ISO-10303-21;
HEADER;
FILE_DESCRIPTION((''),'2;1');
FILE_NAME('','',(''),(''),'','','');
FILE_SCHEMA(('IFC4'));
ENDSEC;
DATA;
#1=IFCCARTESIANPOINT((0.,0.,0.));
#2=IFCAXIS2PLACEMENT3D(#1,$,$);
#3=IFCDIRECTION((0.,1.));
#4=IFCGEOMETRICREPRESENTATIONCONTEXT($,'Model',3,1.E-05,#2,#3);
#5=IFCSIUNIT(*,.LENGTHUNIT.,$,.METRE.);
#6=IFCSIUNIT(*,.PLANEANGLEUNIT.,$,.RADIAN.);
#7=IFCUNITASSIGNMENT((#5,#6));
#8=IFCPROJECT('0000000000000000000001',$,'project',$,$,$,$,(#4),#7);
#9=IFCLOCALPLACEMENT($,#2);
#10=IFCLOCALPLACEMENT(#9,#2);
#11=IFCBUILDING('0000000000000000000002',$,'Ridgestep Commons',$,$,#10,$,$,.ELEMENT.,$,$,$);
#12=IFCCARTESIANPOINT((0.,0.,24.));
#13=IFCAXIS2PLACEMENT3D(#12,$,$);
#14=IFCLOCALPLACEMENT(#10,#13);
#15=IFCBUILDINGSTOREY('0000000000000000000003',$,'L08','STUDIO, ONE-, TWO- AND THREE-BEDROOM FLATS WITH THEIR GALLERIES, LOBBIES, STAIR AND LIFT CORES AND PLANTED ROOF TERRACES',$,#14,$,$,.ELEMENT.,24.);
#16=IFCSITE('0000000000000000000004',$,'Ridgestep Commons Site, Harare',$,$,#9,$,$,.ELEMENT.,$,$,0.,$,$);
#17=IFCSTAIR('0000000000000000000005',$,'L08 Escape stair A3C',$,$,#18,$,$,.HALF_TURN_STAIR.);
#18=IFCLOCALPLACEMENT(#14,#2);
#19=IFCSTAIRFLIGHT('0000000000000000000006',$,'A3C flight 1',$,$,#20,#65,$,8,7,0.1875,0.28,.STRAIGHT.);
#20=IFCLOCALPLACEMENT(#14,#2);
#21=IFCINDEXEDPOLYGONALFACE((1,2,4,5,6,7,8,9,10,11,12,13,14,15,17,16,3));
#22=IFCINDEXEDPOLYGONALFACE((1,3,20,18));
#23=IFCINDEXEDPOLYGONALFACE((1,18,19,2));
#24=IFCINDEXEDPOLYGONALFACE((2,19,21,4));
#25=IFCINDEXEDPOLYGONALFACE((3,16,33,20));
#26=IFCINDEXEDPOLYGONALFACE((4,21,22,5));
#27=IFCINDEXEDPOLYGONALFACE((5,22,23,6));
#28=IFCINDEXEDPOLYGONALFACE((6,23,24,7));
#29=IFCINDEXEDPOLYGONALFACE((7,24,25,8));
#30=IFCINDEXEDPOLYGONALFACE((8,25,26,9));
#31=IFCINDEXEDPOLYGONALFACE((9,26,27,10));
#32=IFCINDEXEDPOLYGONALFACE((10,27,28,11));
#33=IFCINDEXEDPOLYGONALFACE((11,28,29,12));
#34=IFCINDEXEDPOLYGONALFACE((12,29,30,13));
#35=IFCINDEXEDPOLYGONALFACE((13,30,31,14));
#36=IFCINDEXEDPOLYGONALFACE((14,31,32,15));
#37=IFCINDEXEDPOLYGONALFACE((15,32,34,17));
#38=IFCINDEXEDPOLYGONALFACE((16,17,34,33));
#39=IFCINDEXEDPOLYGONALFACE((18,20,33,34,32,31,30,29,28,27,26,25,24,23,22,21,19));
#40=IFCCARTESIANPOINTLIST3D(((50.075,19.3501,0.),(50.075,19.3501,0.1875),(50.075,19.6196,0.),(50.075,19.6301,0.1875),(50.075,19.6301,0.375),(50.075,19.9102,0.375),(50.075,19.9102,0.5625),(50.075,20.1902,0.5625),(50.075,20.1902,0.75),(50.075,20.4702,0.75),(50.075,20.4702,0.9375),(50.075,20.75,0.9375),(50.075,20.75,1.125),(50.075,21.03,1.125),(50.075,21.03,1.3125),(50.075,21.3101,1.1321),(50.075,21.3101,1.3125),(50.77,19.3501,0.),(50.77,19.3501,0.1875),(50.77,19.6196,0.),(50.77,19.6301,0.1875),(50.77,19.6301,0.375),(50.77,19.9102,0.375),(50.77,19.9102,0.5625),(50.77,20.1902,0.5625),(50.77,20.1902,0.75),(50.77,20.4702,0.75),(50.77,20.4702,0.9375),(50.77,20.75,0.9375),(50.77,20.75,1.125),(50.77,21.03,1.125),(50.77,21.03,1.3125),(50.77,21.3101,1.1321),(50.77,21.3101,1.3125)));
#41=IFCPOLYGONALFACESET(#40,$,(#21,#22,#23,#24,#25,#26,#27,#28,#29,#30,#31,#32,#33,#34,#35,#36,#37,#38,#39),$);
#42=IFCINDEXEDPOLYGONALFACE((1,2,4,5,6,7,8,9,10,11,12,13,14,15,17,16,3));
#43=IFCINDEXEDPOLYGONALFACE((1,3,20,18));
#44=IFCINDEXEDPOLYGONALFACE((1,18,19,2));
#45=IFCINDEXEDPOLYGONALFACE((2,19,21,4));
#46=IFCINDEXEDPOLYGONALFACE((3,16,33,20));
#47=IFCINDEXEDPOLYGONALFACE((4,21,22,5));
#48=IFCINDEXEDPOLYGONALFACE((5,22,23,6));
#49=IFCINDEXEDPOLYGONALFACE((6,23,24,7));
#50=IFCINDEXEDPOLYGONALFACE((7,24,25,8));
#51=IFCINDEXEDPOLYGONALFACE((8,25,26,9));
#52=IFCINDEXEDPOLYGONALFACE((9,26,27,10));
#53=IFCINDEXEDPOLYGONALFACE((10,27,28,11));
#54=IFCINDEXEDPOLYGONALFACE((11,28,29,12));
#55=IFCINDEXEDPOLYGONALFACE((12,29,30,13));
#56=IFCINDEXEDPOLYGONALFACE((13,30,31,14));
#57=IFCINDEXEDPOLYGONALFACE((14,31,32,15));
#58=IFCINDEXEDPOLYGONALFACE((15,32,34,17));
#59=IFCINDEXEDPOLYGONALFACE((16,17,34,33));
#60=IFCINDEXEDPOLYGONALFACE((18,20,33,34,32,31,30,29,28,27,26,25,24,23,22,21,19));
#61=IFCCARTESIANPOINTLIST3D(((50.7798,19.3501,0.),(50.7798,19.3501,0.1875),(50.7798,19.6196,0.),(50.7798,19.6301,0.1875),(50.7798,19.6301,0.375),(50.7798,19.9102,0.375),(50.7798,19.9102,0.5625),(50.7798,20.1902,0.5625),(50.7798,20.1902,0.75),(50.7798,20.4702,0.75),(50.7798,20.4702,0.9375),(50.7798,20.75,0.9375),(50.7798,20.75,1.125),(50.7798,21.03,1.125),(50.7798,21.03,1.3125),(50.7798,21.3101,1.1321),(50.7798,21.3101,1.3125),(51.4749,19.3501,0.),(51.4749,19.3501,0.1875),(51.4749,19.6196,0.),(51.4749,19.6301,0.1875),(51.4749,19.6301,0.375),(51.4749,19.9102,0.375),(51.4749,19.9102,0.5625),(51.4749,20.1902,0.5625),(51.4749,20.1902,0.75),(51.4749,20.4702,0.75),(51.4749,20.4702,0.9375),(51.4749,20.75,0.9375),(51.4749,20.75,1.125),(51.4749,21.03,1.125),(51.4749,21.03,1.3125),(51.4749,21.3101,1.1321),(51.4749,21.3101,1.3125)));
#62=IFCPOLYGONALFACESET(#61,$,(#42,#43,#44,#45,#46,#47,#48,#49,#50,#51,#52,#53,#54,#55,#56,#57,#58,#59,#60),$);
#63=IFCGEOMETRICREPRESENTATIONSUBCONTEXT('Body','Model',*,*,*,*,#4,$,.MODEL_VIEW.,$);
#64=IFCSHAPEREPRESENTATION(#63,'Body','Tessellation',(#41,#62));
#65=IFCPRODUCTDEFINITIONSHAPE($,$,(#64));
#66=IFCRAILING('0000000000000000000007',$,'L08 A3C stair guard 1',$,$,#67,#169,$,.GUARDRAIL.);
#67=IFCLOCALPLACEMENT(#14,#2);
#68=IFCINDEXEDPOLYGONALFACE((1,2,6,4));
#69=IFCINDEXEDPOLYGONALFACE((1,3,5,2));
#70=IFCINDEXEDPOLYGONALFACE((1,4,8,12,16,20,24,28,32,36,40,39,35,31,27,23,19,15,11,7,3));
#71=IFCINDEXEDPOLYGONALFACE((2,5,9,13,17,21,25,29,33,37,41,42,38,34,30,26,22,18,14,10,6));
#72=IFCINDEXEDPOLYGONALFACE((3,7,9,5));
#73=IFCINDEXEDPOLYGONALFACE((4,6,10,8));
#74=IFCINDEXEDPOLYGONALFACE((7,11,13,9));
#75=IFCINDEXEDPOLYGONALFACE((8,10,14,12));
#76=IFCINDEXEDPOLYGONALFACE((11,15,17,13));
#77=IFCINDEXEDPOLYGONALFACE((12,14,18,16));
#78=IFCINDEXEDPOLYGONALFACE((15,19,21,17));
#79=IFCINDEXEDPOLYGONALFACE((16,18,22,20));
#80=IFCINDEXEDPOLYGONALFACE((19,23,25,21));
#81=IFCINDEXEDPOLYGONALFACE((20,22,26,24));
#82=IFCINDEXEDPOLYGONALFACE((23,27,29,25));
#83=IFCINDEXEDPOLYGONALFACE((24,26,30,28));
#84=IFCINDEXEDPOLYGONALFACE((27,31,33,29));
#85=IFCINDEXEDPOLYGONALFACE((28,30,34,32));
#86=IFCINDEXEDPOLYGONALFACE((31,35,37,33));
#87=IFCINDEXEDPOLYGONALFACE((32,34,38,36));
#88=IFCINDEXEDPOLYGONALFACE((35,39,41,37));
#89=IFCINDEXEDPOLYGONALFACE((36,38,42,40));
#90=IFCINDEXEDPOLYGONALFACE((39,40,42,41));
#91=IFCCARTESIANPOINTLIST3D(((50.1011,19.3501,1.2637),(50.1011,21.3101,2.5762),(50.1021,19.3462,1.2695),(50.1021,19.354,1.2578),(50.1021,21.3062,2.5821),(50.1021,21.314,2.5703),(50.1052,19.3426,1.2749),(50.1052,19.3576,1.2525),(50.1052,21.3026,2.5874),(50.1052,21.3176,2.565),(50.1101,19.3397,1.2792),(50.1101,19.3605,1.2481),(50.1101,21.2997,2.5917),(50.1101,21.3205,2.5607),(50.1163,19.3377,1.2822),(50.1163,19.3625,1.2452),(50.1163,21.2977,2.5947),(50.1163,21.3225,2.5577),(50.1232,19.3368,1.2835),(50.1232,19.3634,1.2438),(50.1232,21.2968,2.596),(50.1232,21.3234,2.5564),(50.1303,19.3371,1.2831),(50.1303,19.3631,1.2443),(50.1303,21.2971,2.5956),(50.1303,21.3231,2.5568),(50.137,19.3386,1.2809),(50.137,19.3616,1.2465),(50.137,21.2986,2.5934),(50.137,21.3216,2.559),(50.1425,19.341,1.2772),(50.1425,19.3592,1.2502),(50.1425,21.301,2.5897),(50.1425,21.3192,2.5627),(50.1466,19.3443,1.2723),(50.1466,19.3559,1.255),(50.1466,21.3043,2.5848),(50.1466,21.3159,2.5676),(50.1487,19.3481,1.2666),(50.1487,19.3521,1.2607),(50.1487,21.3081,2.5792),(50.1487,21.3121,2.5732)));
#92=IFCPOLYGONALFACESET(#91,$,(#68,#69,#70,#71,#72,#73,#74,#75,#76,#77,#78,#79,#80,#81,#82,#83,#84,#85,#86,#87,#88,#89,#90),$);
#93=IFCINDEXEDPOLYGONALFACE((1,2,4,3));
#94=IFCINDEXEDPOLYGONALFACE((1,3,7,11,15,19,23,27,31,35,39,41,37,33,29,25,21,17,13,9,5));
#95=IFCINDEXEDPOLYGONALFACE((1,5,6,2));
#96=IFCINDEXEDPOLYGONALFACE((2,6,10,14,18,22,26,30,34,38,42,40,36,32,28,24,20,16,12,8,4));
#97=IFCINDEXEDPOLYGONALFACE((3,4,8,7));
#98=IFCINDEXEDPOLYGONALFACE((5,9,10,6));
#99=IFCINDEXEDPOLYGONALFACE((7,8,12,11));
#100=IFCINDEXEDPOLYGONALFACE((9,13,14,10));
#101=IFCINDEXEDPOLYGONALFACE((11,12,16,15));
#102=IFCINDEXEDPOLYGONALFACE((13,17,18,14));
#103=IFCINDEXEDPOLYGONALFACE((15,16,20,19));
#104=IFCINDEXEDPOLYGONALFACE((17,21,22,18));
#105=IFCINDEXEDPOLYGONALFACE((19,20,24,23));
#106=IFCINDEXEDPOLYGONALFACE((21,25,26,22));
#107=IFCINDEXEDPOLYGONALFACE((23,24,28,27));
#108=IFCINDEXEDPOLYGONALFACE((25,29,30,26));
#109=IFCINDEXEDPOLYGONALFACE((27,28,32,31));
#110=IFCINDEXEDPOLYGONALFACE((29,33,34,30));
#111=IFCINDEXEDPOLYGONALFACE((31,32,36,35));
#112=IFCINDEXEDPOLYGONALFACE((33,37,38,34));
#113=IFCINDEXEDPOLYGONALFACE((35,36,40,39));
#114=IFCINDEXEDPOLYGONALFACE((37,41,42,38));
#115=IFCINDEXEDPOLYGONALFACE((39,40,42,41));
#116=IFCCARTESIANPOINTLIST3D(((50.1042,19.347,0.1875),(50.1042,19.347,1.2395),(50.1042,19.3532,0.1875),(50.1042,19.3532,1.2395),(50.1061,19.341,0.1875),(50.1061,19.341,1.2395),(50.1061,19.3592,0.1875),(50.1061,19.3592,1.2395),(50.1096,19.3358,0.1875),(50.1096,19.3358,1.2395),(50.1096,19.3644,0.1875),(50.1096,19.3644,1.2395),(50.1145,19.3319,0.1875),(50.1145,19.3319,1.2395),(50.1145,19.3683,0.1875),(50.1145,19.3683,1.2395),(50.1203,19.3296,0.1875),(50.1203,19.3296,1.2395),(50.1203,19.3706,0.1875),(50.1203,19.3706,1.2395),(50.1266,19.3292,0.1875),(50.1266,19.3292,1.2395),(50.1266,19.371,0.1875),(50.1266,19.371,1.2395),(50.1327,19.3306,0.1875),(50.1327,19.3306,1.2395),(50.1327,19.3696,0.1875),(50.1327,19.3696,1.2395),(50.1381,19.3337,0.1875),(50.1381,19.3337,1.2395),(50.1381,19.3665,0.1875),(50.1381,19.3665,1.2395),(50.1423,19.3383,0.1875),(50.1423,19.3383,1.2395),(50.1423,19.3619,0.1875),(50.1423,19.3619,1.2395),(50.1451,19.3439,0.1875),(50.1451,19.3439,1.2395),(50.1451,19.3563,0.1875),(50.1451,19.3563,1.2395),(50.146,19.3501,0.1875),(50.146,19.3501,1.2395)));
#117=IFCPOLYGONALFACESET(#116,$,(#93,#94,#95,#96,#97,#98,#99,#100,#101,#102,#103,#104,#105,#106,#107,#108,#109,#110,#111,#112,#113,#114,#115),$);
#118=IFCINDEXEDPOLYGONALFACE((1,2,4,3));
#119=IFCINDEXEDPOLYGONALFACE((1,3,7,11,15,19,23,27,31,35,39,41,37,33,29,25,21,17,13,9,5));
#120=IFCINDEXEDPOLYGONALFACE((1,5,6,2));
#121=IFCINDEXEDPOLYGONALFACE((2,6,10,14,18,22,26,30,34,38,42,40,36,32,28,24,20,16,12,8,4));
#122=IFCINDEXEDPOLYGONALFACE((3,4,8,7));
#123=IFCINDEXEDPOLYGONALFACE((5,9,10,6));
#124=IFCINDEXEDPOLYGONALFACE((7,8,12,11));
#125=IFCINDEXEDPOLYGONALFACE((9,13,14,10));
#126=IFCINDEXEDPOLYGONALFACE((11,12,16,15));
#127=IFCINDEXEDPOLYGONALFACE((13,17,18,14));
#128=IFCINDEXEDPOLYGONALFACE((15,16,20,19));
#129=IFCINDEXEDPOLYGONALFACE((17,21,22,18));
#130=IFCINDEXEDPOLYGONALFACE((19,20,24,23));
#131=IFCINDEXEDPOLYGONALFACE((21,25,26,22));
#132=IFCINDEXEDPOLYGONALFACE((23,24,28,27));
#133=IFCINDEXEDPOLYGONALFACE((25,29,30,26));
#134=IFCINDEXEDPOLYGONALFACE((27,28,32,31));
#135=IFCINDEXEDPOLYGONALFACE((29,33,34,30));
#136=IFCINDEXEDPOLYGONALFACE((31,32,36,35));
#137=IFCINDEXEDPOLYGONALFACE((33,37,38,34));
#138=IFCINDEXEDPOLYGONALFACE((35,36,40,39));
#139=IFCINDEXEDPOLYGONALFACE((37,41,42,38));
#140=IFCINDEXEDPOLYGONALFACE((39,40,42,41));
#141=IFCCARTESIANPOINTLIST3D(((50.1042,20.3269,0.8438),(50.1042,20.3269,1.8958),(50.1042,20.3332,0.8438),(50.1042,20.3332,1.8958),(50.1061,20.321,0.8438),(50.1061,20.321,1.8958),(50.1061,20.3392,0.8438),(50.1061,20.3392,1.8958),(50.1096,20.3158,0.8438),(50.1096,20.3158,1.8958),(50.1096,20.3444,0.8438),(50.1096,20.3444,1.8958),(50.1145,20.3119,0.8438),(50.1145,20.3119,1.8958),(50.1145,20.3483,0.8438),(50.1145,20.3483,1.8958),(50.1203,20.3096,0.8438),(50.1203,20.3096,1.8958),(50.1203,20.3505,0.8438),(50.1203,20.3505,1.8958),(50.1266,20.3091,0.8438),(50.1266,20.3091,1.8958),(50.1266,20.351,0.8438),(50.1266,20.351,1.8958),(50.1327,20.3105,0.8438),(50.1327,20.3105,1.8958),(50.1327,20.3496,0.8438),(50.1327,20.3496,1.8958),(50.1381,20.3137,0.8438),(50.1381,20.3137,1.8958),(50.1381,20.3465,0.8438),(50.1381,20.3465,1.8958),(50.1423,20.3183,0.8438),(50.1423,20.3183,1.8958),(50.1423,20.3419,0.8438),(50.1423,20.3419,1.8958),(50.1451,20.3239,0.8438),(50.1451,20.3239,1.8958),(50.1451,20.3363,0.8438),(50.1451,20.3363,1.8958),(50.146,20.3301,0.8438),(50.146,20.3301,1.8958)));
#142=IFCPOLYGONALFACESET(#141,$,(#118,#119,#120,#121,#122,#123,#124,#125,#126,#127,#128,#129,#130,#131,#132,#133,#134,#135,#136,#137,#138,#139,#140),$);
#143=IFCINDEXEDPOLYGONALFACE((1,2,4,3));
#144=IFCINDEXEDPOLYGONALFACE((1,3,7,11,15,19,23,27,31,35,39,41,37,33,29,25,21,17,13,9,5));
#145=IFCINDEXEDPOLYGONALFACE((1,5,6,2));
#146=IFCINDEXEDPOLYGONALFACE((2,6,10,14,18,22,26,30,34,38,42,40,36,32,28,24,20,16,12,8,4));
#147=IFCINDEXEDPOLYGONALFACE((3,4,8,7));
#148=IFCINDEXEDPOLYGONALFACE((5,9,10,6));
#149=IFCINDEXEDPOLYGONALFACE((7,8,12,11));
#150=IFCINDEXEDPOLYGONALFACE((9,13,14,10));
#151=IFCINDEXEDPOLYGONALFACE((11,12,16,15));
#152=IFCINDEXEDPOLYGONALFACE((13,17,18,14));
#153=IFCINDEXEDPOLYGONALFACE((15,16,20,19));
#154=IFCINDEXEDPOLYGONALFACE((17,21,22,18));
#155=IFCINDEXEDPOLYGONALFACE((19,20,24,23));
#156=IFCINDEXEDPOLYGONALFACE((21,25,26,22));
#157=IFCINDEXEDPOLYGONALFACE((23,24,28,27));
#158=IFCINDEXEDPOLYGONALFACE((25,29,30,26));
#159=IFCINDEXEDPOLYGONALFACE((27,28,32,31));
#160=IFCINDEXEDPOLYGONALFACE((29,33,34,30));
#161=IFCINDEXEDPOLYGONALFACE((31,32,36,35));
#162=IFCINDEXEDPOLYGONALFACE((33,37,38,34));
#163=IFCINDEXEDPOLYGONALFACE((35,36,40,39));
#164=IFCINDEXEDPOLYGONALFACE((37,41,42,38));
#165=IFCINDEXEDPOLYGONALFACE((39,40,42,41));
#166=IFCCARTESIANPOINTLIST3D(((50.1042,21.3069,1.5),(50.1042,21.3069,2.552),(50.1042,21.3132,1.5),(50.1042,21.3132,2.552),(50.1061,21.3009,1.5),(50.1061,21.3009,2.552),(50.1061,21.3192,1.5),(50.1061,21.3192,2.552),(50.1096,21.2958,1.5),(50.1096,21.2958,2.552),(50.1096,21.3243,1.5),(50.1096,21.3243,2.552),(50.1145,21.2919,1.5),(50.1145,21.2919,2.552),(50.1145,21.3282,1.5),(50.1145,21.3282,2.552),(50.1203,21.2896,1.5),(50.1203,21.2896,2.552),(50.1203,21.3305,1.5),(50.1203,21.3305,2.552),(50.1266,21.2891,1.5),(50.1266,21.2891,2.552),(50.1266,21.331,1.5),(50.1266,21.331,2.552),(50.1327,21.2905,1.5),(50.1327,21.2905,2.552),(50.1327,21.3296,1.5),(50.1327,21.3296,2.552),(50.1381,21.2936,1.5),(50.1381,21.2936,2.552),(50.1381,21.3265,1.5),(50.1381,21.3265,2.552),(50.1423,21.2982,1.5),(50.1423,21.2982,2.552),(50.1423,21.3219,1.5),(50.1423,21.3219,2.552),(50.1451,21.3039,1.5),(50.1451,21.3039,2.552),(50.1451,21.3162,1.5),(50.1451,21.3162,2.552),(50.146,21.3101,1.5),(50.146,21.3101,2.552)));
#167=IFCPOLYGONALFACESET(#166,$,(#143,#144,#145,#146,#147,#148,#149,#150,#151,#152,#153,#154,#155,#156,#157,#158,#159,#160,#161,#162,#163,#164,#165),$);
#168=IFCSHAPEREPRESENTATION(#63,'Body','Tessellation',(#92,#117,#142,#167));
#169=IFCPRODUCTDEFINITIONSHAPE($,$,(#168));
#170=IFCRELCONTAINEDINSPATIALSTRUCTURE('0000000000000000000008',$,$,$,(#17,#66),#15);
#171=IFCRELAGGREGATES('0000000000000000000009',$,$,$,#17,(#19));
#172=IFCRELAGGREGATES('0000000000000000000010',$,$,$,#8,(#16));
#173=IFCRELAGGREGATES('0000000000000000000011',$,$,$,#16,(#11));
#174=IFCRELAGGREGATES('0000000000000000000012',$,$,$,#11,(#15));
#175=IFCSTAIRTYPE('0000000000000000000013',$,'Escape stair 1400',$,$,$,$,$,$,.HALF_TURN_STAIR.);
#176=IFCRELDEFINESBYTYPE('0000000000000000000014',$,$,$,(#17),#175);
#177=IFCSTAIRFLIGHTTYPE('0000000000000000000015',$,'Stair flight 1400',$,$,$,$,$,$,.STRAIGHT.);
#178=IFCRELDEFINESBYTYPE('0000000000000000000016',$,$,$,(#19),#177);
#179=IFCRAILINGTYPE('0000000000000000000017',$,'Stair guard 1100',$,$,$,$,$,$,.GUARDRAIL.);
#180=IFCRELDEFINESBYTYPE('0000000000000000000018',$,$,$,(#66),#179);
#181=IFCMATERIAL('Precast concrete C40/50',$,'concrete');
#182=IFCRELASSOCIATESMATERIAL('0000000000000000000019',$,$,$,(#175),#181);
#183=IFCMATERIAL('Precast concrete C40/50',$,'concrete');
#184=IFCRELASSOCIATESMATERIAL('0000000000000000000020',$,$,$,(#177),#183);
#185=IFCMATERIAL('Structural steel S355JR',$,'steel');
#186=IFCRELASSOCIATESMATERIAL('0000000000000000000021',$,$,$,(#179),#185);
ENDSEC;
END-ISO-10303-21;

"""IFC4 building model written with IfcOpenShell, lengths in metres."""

from ifc_helpers import new_model, si_unit, direction, frame, origin, origin_2d, place, context, subcontext, project, spatial, polyline, circle, outline, extrude, material, type_object, element, aggregate, save


model = new_model("IFC4")

# Units and contexts
model_context = context("Model", 3, precision=1e-05, world=origin(), true_north=direction((0.0, 1.0)))
body_context = subcontext(model_context, "Body", "Model", "MODEL_VIEW")
ifc_project = project(units=[si_unit("LENGTHUNIT", "METRE"), si_unit("PLANEANGLEUNIT", "RADIAN")], contexts=[model_context])

# Site, building, storey
site_placement = place(None, origin())
site = spatial("IfcSite", under=ifc_project, at=site_placement, Name="Ridgestep Commons Site, Harare", CompositionType="ELEMENT", RefElevation=0.0)
building_placement = place(site_placement, origin())
building = spatial("IfcBuilding", under=site, at=building_placement, Name="Ridgestep Commons", CompositionType="ELEMENT")
storey_placement = place(building_placement, frame((0.0, 0.0, 24.0)))
storey = spatial("IfcBuildingStorey", under=building, at=storey_placement, Name="L08", Description="STUDIO, ONE-, TWO- AND THREE-BEDROOM FLATS WITH THEIR GALLERIES, LOBBIES, STAIR AND LIFT CORES AND PLANTED ROOF TERRACES", CompositionType="ELEMENT", Elevation=24.0)

# Stair, stair flight
ifc_material_1 = material(Name="Precast concrete C40/50", Category="concrete")
stair_type = type_object("IfcStairType", Name="Escape stair 1400", PredefinedType="HALF_TURN_STAIR", material=ifc_material_1)
stair_placement = place(storey_placement, origin())
stair = element("IfcStair", 1, at=stair_placement, inside=storey, type_object=stair_type, Name="L08 Escape stair A3C", PredefinedType="HALF_TURN_STAIR")
ifc_material_2 = material(Name="Precast concrete C40/50", Category="concrete")
stair_flight_type = type_object("IfcStairFlightType", Name="Stair flight 1400", PredefinedType="STRAIGHT", material=ifc_material_2)
stair_flight_placement = place(storey_placement, frame((50.7749, 19.3501, 0.0), z_axis=(0.0, 0.0, 1.0), x_axis=(0.0, 1.0, 0.0)))
stair_flight = element("IfcStairFlight", 2, at=stair_flight_placement, type_object=stair_flight_type, Name="A3C flight 1", NumberOfRisers=8, NumberOfTreads=7, PredefinedType="STRAIGHT", RiserHeight=0.1875, TreadLength=0.28, context=body_context, shape_type="SweptSolid", body=[
    extrude(outline(polyline([(0.0, 0.0), (0.0, 0.1875), (0.28, 0.1875), (0.28, 0.375), (0.5601, 0.375), (0.5601, 0.5625), (0.8401, 0.5625), (0.8401, 0.75), (1.1201, 0.75), (1.1201, 0.9375), (1.3999, 0.9375), (1.3999, 1.125), (1.6799, 1.125), (1.6799, 1.3125), (1.96, 1.3125), (1.96, 1.5), (1.96, 1.1321), (0.2695, 0.0), (0.0, 0.0)])), frame((0.0, 0.7, 0.0), z_axis=(0.0, -1.0, 0.0), x_axis=(1.0, 0.0, 0.0)), (0.0, 0.0, 1.0), 0.6951),
    extrude(outline(polyline([(0.0, 0.0), (0.0, 0.1875), (0.28, 0.1875), (0.28, 0.375), (0.5601, 0.375), (0.5601, 0.5625), (0.8401, 0.5625), (0.8401, 0.75), (1.1201, 0.75), (1.1201, 0.9375), (1.3999, 0.9375), (1.3999, 1.125), (1.6799, 1.125), (1.6799, 1.3125), (1.96, 1.3125), (1.96, 1.5), (1.96, 1.1321), (0.2695, 0.0), (0.0, 0.0)])), frame((0.0, -0.0049, 0.0), z_axis=(0.0, -1.0, 0.0), x_axis=(1.0, 0.0, 0.0)), (0.0, 0.0, 1.0), 0.6951),
])
aggregate(stair, [stair_flight])

# Railing
ifc_material_3 = material(Name="Structural steel S355JR", Category="steel")
railing_type_1 = type_object("IfcRailingType", Name="Stair guard 1100", PredefinedType="GUARDRAIL", material=ifc_material_3)
railing_1_placement = place(storey_placement, frame((50.125, 19.3501, 0.1875)))
element("IfcRailing", 3, at=railing_1_placement, inside=storey, type_object=railing_type_1, Name="L08 A3C stair guard 1", PredefinedType="GUARDRAIL", context=body_context, shape_type="SweptSolid", body=[
    extrude(circle(Radius=0.0239, at=origin_2d()), frame((0.0, 0.0, 1.0762), z_axis=(0.0, 0.830902, 0.556419), x_axis=(-1.0, 0.0, 0.0)), (0.0, 0.0, 1.0), 2.3589),
    extrude(circle(Radius=0.021, at=origin_2d()), origin(), (0.0, 0.0, 1.0), 1.052),
    extrude(circle(Radius=0.021, at=origin_2d()), frame((0.0, 0.98, 0.6562)), (0.0, 0.0, 1.0), 1.052),
    extrude(circle(Radius=0.021, at=origin_2d()), frame((0.0, 1.96, 1.3125)), (0.0, 0.0, 1.0), 1.052),
])

save(model, "model.ifc")
